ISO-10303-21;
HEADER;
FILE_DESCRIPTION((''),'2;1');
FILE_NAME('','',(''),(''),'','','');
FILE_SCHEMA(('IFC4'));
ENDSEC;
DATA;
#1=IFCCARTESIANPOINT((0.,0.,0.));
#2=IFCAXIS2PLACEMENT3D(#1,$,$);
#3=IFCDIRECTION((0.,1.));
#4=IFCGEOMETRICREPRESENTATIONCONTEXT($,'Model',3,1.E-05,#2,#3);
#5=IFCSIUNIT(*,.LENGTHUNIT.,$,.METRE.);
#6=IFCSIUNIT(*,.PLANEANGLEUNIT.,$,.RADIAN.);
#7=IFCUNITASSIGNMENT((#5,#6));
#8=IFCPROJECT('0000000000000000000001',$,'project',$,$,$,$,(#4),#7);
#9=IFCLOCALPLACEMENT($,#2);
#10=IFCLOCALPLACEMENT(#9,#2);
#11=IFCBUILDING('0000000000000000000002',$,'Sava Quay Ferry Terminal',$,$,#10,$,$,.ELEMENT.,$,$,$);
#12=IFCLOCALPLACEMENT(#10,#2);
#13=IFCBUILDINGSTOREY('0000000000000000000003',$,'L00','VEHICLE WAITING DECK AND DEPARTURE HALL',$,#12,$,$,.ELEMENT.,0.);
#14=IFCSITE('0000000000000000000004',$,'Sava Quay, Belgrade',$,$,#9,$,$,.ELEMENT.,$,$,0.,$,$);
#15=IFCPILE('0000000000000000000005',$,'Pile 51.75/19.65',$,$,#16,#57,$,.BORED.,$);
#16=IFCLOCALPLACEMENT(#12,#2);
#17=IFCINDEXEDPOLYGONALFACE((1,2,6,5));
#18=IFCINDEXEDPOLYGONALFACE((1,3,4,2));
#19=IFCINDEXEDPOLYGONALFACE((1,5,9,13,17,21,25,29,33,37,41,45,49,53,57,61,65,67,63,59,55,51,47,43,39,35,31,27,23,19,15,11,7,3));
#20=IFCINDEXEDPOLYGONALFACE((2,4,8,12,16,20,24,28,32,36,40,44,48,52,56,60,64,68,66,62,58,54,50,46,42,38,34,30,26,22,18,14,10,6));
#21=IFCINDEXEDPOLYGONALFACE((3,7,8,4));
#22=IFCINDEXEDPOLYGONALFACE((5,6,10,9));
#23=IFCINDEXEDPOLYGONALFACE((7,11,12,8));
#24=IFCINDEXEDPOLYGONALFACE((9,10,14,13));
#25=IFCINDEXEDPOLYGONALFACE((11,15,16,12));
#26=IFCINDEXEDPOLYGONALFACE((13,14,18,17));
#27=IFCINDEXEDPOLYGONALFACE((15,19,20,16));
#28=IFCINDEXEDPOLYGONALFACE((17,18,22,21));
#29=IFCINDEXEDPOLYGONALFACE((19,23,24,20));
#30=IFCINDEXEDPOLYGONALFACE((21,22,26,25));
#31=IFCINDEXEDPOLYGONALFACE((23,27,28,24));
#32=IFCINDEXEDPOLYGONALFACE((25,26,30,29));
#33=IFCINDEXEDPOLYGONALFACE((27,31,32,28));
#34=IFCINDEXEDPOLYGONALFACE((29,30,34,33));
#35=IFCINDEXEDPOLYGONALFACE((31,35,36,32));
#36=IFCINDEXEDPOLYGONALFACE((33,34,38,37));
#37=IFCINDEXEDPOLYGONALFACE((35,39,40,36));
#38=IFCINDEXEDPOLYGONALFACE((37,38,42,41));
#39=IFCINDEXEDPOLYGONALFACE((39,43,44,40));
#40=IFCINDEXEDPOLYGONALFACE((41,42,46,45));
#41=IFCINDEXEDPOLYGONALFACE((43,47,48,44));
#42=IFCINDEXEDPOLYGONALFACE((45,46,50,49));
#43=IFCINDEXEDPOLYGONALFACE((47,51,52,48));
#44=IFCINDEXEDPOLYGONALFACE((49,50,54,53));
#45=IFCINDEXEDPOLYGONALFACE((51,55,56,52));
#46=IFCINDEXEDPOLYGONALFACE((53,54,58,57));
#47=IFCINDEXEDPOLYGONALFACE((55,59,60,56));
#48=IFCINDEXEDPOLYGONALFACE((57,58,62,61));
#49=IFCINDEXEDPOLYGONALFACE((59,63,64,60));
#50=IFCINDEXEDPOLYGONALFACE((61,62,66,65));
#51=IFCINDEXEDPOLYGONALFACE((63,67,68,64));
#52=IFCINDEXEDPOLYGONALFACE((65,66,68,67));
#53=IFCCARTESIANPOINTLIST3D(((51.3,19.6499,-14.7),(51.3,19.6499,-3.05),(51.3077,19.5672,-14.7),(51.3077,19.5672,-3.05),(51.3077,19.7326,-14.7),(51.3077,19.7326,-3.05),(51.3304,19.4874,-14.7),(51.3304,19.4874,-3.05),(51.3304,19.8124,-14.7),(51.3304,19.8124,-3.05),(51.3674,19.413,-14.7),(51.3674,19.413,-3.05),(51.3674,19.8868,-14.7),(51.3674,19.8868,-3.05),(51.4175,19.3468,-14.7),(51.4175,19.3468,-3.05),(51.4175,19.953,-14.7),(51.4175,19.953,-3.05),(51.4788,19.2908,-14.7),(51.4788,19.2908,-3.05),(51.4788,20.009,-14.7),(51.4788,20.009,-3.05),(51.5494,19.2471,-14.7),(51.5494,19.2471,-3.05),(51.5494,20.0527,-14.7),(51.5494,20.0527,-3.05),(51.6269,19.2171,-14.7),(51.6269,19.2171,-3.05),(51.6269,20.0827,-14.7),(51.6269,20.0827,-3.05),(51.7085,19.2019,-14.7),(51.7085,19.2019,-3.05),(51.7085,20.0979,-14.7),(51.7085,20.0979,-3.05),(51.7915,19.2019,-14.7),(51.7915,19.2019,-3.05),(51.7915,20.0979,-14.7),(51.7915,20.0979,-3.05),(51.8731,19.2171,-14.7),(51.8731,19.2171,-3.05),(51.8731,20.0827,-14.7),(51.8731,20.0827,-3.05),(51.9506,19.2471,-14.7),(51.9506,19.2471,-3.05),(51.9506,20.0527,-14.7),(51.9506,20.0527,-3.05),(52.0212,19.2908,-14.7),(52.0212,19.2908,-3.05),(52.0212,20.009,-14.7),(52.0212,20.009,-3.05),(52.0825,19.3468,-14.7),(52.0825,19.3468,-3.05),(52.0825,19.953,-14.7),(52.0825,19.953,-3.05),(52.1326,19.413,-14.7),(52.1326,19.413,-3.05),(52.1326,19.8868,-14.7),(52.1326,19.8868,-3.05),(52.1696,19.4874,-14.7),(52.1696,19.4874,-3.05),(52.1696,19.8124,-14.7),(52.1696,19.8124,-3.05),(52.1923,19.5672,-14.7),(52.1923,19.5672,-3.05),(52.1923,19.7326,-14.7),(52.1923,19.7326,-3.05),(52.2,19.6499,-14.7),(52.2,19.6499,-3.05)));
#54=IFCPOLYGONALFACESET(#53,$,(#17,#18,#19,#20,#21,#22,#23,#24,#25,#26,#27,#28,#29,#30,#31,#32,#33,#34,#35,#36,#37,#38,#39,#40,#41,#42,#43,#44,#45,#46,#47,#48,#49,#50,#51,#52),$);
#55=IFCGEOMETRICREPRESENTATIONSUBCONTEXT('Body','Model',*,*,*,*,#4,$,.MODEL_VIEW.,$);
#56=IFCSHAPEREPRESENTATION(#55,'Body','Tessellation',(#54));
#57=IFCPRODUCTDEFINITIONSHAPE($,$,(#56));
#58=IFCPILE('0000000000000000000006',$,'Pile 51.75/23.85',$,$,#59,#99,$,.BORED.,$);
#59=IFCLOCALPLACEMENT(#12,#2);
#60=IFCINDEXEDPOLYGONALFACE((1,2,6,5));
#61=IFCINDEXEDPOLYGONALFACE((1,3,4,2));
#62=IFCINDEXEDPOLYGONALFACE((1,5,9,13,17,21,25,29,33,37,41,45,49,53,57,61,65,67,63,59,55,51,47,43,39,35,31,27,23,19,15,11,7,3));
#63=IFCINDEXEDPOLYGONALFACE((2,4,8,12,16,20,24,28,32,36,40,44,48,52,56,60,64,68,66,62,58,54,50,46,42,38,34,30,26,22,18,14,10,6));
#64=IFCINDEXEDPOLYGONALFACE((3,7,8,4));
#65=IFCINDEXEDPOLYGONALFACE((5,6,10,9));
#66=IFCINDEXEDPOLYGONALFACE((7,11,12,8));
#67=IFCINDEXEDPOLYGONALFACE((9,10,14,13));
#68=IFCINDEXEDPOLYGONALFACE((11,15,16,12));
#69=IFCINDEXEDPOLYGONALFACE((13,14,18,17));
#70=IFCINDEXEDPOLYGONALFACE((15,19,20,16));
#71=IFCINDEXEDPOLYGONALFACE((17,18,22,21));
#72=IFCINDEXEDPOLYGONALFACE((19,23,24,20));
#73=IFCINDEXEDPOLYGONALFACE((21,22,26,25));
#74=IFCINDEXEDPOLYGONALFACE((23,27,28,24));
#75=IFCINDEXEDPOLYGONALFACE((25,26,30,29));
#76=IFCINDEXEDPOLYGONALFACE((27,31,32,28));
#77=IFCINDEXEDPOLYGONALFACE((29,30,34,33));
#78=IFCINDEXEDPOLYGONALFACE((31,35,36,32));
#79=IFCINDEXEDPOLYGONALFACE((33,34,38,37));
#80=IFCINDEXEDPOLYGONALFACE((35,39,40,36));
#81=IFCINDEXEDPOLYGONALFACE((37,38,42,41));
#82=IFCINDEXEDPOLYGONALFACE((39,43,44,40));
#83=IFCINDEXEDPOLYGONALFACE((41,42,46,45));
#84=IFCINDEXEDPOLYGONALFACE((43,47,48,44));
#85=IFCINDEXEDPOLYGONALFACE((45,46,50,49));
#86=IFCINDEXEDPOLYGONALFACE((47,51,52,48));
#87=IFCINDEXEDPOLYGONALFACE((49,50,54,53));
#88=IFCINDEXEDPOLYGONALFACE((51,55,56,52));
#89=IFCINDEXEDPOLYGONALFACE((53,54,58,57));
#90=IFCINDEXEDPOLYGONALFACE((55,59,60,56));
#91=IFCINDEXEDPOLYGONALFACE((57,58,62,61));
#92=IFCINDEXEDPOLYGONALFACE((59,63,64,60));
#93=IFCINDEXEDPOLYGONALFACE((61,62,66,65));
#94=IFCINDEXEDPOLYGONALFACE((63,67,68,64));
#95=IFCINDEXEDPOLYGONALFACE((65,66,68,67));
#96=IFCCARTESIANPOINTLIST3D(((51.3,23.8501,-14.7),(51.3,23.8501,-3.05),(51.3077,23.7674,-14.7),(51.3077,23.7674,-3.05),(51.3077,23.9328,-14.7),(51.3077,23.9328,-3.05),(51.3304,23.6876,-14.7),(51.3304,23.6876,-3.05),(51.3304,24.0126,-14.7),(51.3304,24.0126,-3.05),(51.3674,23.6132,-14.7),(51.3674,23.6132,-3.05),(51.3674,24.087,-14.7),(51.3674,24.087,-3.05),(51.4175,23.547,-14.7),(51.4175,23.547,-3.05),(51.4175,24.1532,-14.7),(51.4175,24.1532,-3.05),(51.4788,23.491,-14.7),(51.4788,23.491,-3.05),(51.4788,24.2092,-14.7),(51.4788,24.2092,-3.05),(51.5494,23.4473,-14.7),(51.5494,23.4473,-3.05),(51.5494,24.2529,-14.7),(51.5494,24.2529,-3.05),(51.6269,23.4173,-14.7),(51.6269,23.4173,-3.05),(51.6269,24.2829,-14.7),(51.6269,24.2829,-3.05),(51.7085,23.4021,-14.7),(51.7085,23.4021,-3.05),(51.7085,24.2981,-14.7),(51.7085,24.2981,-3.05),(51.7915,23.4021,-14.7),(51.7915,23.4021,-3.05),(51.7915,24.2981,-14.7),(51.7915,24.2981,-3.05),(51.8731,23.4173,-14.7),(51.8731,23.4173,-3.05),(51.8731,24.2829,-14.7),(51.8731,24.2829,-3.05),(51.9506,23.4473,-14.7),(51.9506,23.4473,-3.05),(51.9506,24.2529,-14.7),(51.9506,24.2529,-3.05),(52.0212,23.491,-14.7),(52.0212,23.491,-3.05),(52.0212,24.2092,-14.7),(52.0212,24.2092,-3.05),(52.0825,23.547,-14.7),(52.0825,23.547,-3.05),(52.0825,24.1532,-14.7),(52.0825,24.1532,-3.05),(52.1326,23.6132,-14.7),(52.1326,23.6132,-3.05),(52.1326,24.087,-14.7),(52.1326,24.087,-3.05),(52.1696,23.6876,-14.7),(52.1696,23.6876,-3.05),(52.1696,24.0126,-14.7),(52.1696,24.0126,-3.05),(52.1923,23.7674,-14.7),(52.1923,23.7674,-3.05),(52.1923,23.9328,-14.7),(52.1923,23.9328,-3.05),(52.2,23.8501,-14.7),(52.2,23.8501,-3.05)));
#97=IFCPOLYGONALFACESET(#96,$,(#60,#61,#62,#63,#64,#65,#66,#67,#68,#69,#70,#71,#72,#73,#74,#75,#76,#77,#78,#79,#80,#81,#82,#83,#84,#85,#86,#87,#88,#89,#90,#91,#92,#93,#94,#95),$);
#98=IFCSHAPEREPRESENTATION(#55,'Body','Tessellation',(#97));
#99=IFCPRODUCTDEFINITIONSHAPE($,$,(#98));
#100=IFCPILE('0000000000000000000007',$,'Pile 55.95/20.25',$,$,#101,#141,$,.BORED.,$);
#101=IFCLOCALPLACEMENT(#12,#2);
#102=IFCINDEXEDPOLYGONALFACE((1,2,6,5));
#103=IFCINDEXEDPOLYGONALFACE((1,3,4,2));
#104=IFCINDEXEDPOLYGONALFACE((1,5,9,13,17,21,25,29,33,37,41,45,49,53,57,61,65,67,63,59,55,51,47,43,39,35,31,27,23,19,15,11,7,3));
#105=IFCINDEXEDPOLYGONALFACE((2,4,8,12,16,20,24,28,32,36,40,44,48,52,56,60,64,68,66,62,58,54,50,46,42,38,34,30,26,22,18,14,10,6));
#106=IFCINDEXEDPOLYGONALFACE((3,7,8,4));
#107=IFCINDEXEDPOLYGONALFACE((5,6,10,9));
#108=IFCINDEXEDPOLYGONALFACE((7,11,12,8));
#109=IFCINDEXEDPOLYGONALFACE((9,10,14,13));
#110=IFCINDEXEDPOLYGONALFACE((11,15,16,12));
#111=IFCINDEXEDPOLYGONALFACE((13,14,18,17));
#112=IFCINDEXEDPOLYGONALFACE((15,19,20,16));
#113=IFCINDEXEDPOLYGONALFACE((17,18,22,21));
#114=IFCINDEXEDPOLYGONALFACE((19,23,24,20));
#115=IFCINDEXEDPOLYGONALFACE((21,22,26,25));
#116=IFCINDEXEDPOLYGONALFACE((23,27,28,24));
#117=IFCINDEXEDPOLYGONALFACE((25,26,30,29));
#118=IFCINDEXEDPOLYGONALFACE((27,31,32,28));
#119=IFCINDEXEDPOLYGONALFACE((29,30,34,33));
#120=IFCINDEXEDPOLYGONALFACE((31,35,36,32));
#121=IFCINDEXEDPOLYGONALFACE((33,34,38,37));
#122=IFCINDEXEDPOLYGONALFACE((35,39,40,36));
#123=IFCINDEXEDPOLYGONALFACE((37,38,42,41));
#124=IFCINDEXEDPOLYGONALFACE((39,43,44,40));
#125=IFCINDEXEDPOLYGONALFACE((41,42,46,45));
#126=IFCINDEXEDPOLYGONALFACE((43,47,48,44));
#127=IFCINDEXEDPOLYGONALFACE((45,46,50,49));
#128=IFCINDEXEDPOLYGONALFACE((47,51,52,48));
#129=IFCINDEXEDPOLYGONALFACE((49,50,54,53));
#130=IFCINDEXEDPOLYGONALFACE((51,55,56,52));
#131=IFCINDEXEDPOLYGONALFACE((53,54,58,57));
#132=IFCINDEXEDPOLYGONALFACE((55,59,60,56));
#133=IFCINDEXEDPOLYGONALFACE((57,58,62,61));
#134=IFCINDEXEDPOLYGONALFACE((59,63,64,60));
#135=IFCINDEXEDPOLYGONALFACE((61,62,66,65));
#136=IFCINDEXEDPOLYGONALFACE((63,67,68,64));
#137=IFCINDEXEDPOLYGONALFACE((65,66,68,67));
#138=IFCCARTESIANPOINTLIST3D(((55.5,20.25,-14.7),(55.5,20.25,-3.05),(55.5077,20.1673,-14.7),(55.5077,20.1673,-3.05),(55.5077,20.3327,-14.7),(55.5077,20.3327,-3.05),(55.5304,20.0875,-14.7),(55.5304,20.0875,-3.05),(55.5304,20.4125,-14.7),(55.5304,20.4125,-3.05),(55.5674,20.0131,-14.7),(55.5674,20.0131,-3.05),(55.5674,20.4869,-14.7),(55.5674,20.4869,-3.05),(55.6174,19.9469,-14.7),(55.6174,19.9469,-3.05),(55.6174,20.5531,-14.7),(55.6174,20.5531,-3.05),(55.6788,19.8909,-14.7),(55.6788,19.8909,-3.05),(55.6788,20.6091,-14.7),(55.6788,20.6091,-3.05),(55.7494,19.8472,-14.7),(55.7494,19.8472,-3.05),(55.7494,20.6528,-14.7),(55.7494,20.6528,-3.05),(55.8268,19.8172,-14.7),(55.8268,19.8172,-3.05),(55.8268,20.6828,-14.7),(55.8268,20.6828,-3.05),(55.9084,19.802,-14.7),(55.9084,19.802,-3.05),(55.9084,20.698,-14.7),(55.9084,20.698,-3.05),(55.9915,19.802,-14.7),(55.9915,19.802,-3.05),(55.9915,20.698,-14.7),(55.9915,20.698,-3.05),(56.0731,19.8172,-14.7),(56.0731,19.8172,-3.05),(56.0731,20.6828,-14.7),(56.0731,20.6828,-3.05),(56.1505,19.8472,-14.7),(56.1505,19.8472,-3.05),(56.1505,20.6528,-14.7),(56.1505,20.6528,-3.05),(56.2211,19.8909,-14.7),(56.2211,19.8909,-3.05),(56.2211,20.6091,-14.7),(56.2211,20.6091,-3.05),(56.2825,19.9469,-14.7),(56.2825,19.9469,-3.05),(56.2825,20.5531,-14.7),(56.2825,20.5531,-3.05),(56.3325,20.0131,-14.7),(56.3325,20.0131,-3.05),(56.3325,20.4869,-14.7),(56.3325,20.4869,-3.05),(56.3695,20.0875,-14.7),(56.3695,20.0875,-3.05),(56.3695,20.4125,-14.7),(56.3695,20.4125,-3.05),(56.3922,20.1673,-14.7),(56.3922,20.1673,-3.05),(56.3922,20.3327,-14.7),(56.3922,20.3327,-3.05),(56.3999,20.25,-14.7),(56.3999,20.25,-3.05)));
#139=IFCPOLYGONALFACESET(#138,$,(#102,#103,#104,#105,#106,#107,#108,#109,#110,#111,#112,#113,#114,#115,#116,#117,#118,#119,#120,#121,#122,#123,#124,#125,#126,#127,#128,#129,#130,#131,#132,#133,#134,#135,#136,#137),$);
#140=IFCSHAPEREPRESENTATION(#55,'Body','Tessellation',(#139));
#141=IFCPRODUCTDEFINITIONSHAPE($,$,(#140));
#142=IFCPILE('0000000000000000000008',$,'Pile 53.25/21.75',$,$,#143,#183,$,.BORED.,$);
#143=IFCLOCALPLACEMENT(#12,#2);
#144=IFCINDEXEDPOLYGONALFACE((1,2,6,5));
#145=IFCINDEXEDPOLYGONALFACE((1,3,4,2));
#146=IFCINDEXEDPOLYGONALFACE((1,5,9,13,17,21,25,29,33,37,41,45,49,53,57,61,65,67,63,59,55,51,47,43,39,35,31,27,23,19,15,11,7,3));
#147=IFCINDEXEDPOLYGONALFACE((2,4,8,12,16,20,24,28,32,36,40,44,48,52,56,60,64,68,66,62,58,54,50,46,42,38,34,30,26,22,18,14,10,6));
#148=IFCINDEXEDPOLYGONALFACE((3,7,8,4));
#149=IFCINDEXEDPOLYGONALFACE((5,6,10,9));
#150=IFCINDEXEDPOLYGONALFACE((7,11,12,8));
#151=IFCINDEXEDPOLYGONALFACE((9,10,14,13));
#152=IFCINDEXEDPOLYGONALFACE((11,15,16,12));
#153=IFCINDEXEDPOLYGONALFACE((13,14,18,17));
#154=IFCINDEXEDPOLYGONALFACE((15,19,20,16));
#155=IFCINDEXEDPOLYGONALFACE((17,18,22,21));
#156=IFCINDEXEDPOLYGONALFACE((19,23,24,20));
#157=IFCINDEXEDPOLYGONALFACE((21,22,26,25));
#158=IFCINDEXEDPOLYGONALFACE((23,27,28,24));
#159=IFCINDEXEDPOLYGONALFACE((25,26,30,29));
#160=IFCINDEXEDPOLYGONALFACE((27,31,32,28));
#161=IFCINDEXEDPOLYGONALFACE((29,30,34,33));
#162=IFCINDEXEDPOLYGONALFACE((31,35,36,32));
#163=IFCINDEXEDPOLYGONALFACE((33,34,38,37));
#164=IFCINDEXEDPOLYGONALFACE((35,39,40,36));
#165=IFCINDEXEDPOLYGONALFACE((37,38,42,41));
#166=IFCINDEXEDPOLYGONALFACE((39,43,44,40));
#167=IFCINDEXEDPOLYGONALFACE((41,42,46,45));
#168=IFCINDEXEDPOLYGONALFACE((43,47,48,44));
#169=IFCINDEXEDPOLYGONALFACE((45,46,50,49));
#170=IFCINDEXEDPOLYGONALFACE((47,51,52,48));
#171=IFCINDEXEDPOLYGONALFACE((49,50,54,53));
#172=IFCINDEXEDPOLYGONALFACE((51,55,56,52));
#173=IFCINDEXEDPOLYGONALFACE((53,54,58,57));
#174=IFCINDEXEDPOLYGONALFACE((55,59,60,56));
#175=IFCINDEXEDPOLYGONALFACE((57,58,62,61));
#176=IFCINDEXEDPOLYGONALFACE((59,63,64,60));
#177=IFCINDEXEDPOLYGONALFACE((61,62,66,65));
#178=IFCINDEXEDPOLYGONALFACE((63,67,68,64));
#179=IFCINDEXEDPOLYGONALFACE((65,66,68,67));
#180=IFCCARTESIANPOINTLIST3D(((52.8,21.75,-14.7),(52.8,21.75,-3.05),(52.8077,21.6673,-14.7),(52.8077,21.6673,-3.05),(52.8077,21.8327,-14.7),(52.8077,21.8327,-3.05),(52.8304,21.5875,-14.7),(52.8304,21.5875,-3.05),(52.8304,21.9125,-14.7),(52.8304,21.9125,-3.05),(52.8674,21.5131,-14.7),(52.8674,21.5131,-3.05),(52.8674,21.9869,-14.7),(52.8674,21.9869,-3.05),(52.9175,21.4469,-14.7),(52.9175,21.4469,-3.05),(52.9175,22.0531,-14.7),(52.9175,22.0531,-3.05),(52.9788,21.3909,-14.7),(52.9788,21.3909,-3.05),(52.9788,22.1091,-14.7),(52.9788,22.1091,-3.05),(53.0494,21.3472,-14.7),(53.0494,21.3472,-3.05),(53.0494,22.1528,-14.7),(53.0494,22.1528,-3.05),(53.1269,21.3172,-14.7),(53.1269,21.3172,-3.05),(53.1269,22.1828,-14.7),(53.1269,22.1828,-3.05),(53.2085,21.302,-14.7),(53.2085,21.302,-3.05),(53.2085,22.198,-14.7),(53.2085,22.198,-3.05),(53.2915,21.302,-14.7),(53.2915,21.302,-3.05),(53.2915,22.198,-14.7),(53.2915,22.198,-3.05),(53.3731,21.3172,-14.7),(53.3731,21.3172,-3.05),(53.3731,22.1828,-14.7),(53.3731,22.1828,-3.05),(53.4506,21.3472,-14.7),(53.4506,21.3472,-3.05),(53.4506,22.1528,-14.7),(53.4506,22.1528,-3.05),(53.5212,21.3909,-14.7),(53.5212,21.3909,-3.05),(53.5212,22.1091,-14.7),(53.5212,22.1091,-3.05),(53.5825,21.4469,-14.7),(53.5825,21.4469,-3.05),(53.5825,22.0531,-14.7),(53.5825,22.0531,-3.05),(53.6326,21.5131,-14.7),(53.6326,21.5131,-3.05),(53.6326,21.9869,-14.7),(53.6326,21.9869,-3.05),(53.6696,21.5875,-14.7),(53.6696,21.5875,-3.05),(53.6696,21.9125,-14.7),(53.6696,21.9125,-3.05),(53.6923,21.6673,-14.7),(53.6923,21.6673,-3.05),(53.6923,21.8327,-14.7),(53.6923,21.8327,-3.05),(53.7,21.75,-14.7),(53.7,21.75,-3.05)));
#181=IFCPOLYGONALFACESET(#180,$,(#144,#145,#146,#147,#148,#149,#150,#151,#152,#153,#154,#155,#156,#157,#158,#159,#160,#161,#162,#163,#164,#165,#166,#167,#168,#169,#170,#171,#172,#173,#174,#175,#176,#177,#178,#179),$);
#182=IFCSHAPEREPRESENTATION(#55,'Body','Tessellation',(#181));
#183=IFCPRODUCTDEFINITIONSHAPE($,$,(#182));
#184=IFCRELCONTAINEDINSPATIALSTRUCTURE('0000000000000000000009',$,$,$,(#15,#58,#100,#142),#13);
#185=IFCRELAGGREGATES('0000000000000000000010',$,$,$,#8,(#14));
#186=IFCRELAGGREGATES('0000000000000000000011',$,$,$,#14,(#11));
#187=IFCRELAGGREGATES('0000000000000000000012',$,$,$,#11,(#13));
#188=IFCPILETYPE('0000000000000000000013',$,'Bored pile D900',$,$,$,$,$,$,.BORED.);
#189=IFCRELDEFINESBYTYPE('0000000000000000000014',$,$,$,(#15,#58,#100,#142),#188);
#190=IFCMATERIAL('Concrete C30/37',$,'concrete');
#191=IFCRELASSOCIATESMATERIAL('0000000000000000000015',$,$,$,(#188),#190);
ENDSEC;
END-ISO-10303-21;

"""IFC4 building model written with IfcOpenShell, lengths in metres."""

from ifc_helpers import new_model, si_unit, direction, frame, origin, origin_2d, place, context, subcontext, project, spatial, circle, extrude, material, material_profile, profile_set, type_object, element, save


model = new_model("IFC4")

# Units and contexts
model_context = context("Model", 3, precision=1e-05, world=origin(), true_north=direction((0.0, 1.0)))
body_context = subcontext(model_context, "Body", "Model", "MODEL_VIEW")
ifc_project = project(units=[si_unit("LENGTHUNIT", "METRE"), si_unit("PLANEANGLEUNIT", "RADIAN")], contexts=[model_context])

# Site, building, storey
site_placement = place(None, origin())
site = spatial("IfcSite", under=ifc_project, at=site_placement, Name="Sava Quay, Belgrade", CompositionType="ELEMENT", RefElevation=0.0)
building_placement = place(site_placement, origin())
building = spatial("IfcBuilding", under=site, at=building_placement, Name="Sava Quay Ferry Terminal", CompositionType="ELEMENT")
storey_placement = place(building_placement, origin())
storey = spatial("IfcBuildingStorey", under=building, at=storey_placement, Name="L00", Description="VEHICLE WAITING DECK AND DEPARTURE HALL", CompositionType="ELEMENT", Elevation=0.0)

# Piles
ifc_material_1 = material(Name="Concrete C30/37", Category="concrete")
ifc_material_profile_1 = material_profile(ifc_material_1, circle(Radius=0.45, at=origin_2d()), Name="Bored pile D900")
ifc_profile_set_1 = profile_set([ifc_material_profile_1], Name="Concrete C30/37")
pile_type = type_object("IfcPileType", Name="Bored pile D900", PredefinedType="BORED", material=ifc_profile_set_1)
for number, where, z_axis, x_axis, name in (
    (1, (51.75, 19.6499, -3.05), (0.0, 0.0, -1.0), (1.0, 0.0, 0.0), "Pile 51.75/19.65"),
    (2, (51.75, 23.8501, -3.05), (0.0, 0.0, -1.0), (1.0, 0.0, 0.0), "Pile 51.75/23.85"),
    (3, (55.95, 20.25, -3.05), (0.0, 0.0, -1.0), (1.0, 0.0, 0.0), "Pile 55.95/20.25"),
    (4, (53.25, 21.75, -3.05), (0.0, 0.0, -1.0), (1.0, 0.0, 0.0), "Pile 53.25/21.75"),
):
    element("IfcPile", number, at=place(storey_placement, frame(where, z_axis=z_axis, x_axis=x_axis)), inside=storey, type_object=pile_type, Name=name, PredefinedType="BORED", context=body_context, shape_type="SweptSolid", body=[
        extrude(circle(Radius=0.45, at=origin_2d()), origin(), (0.0, 0.0, 1.0), 11.6499),
    ])

save(model, "model.ifc")
